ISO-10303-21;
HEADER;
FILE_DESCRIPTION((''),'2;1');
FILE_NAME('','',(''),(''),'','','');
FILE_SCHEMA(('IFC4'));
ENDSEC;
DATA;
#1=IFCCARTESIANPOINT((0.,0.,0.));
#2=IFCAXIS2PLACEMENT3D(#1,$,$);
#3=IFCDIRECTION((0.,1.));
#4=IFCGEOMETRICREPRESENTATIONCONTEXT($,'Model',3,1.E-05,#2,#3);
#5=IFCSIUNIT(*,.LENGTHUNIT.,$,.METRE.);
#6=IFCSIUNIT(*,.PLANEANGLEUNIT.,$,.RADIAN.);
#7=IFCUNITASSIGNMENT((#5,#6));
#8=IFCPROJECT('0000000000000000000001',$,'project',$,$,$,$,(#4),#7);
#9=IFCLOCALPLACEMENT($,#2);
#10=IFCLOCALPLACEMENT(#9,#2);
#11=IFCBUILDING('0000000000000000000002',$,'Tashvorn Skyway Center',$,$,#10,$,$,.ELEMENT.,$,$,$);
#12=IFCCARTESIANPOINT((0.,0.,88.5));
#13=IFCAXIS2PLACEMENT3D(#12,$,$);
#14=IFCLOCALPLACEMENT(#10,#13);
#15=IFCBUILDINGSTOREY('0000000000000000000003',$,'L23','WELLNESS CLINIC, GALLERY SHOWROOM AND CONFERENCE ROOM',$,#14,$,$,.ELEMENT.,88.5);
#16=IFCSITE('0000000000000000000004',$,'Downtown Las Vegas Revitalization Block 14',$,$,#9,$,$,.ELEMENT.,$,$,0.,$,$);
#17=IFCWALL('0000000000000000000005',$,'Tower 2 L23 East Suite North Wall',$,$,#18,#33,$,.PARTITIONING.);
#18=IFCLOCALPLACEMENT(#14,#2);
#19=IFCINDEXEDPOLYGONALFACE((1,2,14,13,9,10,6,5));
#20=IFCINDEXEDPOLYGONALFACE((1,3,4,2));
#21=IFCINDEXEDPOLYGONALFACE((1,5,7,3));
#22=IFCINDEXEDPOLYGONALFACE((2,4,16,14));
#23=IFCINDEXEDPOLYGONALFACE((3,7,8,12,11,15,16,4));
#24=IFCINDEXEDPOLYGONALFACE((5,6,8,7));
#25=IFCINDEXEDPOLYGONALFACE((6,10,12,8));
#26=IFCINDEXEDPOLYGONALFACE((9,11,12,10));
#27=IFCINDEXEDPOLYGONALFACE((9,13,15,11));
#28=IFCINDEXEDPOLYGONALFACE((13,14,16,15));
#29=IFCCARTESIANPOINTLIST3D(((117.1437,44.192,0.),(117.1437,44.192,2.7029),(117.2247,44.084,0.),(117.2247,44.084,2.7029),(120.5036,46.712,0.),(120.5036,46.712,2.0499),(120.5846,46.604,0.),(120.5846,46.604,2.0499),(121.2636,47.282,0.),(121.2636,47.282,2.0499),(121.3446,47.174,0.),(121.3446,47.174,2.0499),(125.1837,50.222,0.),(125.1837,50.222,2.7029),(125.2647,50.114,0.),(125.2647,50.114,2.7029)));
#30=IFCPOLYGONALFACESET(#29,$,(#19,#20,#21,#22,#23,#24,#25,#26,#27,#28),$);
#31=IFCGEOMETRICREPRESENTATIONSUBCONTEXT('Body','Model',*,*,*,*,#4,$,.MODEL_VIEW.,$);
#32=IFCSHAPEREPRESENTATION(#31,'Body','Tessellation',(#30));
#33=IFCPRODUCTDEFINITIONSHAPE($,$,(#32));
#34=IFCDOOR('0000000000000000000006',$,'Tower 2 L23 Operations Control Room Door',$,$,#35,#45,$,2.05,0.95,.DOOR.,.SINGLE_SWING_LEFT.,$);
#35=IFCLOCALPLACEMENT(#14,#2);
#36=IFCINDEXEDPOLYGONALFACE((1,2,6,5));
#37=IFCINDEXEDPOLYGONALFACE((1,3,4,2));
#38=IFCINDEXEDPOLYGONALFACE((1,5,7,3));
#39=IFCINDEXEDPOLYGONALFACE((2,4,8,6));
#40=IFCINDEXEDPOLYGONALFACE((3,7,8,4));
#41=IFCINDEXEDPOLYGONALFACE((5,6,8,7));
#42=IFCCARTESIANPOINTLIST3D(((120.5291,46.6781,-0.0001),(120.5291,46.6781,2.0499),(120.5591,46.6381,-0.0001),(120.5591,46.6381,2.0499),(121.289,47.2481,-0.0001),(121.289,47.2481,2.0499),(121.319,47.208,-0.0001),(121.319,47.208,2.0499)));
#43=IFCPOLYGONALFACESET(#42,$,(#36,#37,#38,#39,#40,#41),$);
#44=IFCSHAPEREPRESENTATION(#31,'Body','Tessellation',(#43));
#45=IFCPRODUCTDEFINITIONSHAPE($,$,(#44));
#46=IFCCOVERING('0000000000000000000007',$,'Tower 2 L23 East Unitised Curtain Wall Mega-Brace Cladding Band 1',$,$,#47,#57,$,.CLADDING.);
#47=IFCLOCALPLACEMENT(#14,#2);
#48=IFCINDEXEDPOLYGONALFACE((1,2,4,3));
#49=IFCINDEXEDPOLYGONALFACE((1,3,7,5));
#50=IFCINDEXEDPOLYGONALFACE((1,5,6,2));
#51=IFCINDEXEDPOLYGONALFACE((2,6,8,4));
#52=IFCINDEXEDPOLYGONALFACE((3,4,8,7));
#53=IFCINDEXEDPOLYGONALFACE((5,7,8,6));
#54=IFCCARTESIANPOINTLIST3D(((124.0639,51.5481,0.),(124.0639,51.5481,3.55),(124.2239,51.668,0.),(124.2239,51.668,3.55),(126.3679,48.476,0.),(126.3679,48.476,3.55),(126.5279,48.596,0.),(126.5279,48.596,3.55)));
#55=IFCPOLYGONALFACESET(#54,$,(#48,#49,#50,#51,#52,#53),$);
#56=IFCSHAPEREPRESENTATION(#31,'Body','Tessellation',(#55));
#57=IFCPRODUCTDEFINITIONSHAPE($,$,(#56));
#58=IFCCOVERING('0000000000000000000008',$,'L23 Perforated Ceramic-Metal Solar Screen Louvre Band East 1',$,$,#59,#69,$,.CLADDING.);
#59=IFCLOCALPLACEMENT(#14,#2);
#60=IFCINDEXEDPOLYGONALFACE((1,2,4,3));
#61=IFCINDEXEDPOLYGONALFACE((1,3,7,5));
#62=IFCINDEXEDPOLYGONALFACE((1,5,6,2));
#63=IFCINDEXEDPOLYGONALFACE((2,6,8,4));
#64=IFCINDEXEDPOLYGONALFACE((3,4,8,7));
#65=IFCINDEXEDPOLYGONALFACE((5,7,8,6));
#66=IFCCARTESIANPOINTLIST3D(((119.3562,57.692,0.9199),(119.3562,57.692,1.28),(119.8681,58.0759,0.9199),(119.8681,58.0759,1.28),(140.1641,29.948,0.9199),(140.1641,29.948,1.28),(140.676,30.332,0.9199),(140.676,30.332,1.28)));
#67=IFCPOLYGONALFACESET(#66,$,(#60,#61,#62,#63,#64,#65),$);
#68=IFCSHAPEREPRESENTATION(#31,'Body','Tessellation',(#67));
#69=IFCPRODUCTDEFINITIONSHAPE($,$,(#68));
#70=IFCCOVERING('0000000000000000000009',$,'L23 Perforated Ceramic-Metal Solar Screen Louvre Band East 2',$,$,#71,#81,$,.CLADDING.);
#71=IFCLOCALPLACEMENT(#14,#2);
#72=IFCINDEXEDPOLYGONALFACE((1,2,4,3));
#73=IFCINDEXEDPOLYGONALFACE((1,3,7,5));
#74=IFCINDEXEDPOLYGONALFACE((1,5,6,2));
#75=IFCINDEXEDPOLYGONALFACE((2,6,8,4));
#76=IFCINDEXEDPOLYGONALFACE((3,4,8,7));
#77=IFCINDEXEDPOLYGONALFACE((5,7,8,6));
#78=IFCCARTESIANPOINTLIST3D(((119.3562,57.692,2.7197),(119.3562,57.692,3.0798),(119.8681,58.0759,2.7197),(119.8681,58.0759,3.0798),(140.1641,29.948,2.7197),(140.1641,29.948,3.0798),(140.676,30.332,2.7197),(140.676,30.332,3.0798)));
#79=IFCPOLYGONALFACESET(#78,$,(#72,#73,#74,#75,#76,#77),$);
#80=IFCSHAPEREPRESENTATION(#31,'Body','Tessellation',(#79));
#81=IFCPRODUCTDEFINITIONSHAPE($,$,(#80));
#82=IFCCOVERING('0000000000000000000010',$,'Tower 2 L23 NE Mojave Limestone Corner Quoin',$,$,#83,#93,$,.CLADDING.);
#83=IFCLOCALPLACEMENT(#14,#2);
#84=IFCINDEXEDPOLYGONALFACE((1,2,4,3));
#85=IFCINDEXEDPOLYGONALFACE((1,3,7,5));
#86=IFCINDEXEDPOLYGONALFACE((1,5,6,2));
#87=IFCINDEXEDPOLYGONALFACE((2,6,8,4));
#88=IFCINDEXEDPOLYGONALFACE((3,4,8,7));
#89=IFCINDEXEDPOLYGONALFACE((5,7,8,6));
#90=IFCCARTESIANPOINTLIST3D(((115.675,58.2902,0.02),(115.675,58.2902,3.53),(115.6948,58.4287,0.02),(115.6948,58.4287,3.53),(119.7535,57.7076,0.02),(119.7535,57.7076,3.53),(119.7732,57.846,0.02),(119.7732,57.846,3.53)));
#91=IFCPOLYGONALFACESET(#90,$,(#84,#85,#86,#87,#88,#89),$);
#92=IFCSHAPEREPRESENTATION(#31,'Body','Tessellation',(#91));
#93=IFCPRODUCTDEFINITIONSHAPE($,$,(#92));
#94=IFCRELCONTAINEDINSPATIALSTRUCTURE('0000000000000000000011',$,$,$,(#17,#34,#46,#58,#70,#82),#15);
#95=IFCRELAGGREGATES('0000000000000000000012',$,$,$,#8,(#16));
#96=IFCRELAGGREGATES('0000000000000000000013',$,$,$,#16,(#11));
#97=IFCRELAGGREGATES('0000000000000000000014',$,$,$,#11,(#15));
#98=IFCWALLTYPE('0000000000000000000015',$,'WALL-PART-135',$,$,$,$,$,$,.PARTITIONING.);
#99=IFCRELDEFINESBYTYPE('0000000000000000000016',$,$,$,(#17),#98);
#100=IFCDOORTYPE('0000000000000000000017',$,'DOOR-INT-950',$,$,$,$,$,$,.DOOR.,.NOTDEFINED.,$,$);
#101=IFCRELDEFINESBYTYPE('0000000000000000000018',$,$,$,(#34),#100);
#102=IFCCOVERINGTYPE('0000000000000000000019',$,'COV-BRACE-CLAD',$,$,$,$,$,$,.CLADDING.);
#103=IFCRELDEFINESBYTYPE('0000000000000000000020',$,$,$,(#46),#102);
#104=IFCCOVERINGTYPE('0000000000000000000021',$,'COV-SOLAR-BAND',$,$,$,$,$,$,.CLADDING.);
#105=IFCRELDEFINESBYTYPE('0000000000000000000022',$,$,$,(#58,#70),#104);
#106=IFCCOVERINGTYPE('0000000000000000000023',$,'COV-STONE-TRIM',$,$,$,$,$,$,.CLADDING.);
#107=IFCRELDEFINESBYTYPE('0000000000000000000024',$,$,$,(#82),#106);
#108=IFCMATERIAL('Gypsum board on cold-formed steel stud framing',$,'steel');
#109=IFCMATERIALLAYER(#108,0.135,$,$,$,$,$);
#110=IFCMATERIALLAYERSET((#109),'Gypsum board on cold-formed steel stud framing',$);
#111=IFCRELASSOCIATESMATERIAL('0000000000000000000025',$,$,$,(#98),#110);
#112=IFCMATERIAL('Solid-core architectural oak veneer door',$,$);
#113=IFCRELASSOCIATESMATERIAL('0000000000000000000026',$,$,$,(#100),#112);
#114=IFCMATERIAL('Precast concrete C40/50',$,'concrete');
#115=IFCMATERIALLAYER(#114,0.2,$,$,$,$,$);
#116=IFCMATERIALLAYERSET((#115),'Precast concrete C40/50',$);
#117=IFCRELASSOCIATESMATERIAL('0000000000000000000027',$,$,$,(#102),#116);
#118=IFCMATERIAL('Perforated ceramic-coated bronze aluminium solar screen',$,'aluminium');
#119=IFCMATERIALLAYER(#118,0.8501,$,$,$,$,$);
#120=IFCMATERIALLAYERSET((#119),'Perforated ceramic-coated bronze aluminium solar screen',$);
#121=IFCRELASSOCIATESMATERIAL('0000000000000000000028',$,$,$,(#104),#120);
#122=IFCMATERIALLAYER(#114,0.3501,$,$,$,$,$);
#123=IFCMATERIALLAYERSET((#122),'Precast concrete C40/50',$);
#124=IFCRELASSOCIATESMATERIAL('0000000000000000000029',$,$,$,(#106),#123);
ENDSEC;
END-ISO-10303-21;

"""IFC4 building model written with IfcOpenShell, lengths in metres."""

from ifc_helpers import new_model, si_unit, direction, frame, frame_2d, origin, origin_2d, place, context, subcontext, project, spatial, rectangle, extrude, material, layer, layer_set, type_object, element, fill, save


model = new_model("IFC4")

# Units and contexts
model_context = context("Model", 3, precision=1e-05, world=origin(), true_north=direction((0.0, 1.0)))
body_context = subcontext(model_context, "Body", "Model", "MODEL_VIEW")
ifc_project = project(units=[si_unit("LENGTHUNIT", "METRE"), si_unit("PLANEANGLEUNIT", "RADIAN")], contexts=[model_context])

# Site, building, storey
site_placement = place(None, origin())
site = spatial("IfcSite", under=ifc_project, at=site_placement, Name="Downtown Las Vegas Revitalization Block 14", CompositionType="ELEMENT", RefElevation=0.0)
building_placement = place(site_placement, origin())
building = spatial("IfcBuilding", under=site, at=building_placement, Name="Tashvorn Skyway Center", CompositionType="ELEMENT")
storey_placement = place(building_placement, frame((0.0, 0.0, 88.5)))
storey = spatial("IfcBuildingStorey", under=building, at=storey_placement, Name="L23", Description="WELLNESS CLINIC, GALLERY SHOWROOM AND CONFERENCE ROOM", CompositionType="ELEMENT", Elevation=88.5)

# Shared definitions
ifc_material_1 = material(Name="Precast concrete C40/50", Category="concrete")
ifc_material_2 = material(Name="Gypsum board on cold-formed steel stud framing", Category="steel")
ifc_layer_1 = layer(ifc_material_2, 0.135)
ifc_layer_set_1 = layer_set([ifc_layer_1], Name="Gypsum board on cold-formed steel stud framing")
wall_type_1 = type_object("IfcWallType", Name="WALL-PART-135", PredefinedType="PARTITIONING", material=ifc_layer_set_1)

# Wall, opening, door
wall_1_placement = place(storey_placement, frame((125.2241, 50.168, 0.0), z_axis=(0.0, 0.0, 1.0), x_axis=(-0.8, -0.6, 0.0)))
wall_1 = element("IfcWall", 1, at=wall_1_placement, inside=storey, type_object=wall_type_1, Name="Tower 2 L23 East Suite North Wall", PredefinedType="PARTITIONING", context=body_context, shape_type="SweptSolid", body=[
    extrude(rectangle(XDim=10.05, YDim=0.135, at=frame_2d((5.0249, 0.0))), origin(), (0.0, 0.0, 1.0), 2.7029),
])
opening_placement = place(wall_1_placement, frame((4.8999, 0.0, 0.0)))
opening = element("IfcOpeningElement", 2, at=opening_placement, cuts=wall_1, PredefinedType="OPENING", context=body_context, shape_type="SweptSolid", body=[
    extrude(rectangle(XDim=0.95, YDim=2.05, at=frame_2d((0.4751, 1.0249))), frame((0.0, 0.0774, 0.0), z_axis=(0.0, -1.0, 0.0), x_axis=(1.0, 0.0, 0.0)), (0.0, 0.0, 1.0), 0.155),
])
ifc_material_3 = material(Name="Solid-core architectural oak veneer door")
door_type = type_object("IfcDoorType", Name="DOOR-INT-950", OperationType="NOTDEFINED", PredefinedType="DOOR", material=ifc_material_3)
door_placement = place(opening_placement, origin())
door = element("IfcDoor", 3, at=door_placement, inside=storey, type_object=door_type, Name="Tower 2 L23 Operations Control Room Door", OperationType="SINGLE_SWING_LEFT", OverallHeight=2.05, OverallWidth=0.95, PredefinedType="DOOR", context=body_context, shape_type="SweptSolid", body=[
    extrude(rectangle(XDim=0.95, YDim=2.05, at=frame_2d((0.4751, 1.0249))), frame((0.0, 0.0249, 0.0), z_axis=(0.0, -1.0, 0.0), x_axis=(1.0, 0.0, 0.0)), (0.0, 0.0, 1.0), 0.05),
])
fill(opening, door)

# Coverings
ifc_layer_2 = layer(ifc_material_1, 0.2)
ifc_layer_set_2 = layer_set([ifc_layer_2], Name="Precast concrete C40/50")
covering_type_1 = type_object("IfcCoveringType", Name="COV-BRACE-CLAD", PredefinedType="CLADDING", material=ifc_layer_set_2)
covering_1_placement = place(storey_placement, frame((125.2959, 50.072, 0.0), z_axis=(0.0, 0.0, 1.0), x_axis=(0.6, -0.8, 0.0)))
element("IfcCovering", 4, at=covering_1_placement, inside=storey, type_object=covering_type_1, Name="Tower 2 L23 East Unitised Curtain Wall Mega-Brace Cladding Band 1", PredefinedType="CLADDING", context=body_context, shape_type="SweptSolid", body=[
    extrude(rectangle(XDim=3.8401, YDim=0.2, at=origin_2d()), origin(), (0.0, 0.0, 1.0), 3.55),
])
ifc_material_4 = material(Name="Perforated ceramic-coated bronze aluminium solar screen", Category="aluminium")
ifc_layer_3 = layer(ifc_material_4, 0.8501)
ifc_layer_set_3 = layer_set([ifc_layer_3], Name="Perforated ceramic-coated bronze aluminium solar screen")
covering_type_2 = type_object("IfcCoveringType", Name="COV-SOLAR-BAND", PredefinedType="CLADDING", material=ifc_layer_set_3)
for number, where, z_axis, x_axis, name in (
    (5, (130.0161, 44.012, 0.9199), (0.0, 0.0, 1.0), (0.6, -0.8, 0.0), "L23 Perforated Ceramic-Metal Solar Screen Louvre Band East 1"),
    (6, (130.0161, 44.012, 2.7197), (0.0, 0.0, 1.0), (0.6, -0.8, 0.0), "L23 Perforated Ceramic-Metal Solar Screen Louvre Band East 2"),
):
    element("IfcCovering", number, at=place(storey_placement, frame(where, z_axis=z_axis, x_axis=x_axis)), inside=storey, type_object=covering_type_2, Name=name, PredefinedType="CLADDING", context=body_context, shape_type="SweptSolid", body=[
        extrude(rectangle(XDim=34.6799, YDim=0.6399, at=origin_2d()), origin(), (0.0, 0.0, 1.0), 0.3601),
    ])
ifc_layer_4 = layer(ifc_material_1, 0.3501)
ifc_layer_set_4 = layer_set([ifc_layer_4], Name="Precast concrete C40/50")
covering_type_3 = type_object("IfcCoveringType", Name="COV-STONE-TRIM", PredefinedType="CLADDING", material=ifc_layer_set_4)
covering_2_placement = place(storey_placement, frame((117.7241, 58.0681, 0.02), z_axis=(0.0, 0.0, 1.0), x_axis=(0.989949, -0.141421, 0.0)))
element("IfcCovering", 7, at=covering_2_placement, inside=storey, type_object=covering_type_3, Name="Tower 2 L23 NE Mojave Limestone Corner Quoin", PredefinedType="CLADDING", context=body_context, shape_type="SweptSolid", body=[
    extrude(rectangle(XDim=4.1199, YDim=0.1399, at=origin_2d()), origin(), (0.0, 0.0, 1.0), 3.51),
])

save(model, "model.ifc")
